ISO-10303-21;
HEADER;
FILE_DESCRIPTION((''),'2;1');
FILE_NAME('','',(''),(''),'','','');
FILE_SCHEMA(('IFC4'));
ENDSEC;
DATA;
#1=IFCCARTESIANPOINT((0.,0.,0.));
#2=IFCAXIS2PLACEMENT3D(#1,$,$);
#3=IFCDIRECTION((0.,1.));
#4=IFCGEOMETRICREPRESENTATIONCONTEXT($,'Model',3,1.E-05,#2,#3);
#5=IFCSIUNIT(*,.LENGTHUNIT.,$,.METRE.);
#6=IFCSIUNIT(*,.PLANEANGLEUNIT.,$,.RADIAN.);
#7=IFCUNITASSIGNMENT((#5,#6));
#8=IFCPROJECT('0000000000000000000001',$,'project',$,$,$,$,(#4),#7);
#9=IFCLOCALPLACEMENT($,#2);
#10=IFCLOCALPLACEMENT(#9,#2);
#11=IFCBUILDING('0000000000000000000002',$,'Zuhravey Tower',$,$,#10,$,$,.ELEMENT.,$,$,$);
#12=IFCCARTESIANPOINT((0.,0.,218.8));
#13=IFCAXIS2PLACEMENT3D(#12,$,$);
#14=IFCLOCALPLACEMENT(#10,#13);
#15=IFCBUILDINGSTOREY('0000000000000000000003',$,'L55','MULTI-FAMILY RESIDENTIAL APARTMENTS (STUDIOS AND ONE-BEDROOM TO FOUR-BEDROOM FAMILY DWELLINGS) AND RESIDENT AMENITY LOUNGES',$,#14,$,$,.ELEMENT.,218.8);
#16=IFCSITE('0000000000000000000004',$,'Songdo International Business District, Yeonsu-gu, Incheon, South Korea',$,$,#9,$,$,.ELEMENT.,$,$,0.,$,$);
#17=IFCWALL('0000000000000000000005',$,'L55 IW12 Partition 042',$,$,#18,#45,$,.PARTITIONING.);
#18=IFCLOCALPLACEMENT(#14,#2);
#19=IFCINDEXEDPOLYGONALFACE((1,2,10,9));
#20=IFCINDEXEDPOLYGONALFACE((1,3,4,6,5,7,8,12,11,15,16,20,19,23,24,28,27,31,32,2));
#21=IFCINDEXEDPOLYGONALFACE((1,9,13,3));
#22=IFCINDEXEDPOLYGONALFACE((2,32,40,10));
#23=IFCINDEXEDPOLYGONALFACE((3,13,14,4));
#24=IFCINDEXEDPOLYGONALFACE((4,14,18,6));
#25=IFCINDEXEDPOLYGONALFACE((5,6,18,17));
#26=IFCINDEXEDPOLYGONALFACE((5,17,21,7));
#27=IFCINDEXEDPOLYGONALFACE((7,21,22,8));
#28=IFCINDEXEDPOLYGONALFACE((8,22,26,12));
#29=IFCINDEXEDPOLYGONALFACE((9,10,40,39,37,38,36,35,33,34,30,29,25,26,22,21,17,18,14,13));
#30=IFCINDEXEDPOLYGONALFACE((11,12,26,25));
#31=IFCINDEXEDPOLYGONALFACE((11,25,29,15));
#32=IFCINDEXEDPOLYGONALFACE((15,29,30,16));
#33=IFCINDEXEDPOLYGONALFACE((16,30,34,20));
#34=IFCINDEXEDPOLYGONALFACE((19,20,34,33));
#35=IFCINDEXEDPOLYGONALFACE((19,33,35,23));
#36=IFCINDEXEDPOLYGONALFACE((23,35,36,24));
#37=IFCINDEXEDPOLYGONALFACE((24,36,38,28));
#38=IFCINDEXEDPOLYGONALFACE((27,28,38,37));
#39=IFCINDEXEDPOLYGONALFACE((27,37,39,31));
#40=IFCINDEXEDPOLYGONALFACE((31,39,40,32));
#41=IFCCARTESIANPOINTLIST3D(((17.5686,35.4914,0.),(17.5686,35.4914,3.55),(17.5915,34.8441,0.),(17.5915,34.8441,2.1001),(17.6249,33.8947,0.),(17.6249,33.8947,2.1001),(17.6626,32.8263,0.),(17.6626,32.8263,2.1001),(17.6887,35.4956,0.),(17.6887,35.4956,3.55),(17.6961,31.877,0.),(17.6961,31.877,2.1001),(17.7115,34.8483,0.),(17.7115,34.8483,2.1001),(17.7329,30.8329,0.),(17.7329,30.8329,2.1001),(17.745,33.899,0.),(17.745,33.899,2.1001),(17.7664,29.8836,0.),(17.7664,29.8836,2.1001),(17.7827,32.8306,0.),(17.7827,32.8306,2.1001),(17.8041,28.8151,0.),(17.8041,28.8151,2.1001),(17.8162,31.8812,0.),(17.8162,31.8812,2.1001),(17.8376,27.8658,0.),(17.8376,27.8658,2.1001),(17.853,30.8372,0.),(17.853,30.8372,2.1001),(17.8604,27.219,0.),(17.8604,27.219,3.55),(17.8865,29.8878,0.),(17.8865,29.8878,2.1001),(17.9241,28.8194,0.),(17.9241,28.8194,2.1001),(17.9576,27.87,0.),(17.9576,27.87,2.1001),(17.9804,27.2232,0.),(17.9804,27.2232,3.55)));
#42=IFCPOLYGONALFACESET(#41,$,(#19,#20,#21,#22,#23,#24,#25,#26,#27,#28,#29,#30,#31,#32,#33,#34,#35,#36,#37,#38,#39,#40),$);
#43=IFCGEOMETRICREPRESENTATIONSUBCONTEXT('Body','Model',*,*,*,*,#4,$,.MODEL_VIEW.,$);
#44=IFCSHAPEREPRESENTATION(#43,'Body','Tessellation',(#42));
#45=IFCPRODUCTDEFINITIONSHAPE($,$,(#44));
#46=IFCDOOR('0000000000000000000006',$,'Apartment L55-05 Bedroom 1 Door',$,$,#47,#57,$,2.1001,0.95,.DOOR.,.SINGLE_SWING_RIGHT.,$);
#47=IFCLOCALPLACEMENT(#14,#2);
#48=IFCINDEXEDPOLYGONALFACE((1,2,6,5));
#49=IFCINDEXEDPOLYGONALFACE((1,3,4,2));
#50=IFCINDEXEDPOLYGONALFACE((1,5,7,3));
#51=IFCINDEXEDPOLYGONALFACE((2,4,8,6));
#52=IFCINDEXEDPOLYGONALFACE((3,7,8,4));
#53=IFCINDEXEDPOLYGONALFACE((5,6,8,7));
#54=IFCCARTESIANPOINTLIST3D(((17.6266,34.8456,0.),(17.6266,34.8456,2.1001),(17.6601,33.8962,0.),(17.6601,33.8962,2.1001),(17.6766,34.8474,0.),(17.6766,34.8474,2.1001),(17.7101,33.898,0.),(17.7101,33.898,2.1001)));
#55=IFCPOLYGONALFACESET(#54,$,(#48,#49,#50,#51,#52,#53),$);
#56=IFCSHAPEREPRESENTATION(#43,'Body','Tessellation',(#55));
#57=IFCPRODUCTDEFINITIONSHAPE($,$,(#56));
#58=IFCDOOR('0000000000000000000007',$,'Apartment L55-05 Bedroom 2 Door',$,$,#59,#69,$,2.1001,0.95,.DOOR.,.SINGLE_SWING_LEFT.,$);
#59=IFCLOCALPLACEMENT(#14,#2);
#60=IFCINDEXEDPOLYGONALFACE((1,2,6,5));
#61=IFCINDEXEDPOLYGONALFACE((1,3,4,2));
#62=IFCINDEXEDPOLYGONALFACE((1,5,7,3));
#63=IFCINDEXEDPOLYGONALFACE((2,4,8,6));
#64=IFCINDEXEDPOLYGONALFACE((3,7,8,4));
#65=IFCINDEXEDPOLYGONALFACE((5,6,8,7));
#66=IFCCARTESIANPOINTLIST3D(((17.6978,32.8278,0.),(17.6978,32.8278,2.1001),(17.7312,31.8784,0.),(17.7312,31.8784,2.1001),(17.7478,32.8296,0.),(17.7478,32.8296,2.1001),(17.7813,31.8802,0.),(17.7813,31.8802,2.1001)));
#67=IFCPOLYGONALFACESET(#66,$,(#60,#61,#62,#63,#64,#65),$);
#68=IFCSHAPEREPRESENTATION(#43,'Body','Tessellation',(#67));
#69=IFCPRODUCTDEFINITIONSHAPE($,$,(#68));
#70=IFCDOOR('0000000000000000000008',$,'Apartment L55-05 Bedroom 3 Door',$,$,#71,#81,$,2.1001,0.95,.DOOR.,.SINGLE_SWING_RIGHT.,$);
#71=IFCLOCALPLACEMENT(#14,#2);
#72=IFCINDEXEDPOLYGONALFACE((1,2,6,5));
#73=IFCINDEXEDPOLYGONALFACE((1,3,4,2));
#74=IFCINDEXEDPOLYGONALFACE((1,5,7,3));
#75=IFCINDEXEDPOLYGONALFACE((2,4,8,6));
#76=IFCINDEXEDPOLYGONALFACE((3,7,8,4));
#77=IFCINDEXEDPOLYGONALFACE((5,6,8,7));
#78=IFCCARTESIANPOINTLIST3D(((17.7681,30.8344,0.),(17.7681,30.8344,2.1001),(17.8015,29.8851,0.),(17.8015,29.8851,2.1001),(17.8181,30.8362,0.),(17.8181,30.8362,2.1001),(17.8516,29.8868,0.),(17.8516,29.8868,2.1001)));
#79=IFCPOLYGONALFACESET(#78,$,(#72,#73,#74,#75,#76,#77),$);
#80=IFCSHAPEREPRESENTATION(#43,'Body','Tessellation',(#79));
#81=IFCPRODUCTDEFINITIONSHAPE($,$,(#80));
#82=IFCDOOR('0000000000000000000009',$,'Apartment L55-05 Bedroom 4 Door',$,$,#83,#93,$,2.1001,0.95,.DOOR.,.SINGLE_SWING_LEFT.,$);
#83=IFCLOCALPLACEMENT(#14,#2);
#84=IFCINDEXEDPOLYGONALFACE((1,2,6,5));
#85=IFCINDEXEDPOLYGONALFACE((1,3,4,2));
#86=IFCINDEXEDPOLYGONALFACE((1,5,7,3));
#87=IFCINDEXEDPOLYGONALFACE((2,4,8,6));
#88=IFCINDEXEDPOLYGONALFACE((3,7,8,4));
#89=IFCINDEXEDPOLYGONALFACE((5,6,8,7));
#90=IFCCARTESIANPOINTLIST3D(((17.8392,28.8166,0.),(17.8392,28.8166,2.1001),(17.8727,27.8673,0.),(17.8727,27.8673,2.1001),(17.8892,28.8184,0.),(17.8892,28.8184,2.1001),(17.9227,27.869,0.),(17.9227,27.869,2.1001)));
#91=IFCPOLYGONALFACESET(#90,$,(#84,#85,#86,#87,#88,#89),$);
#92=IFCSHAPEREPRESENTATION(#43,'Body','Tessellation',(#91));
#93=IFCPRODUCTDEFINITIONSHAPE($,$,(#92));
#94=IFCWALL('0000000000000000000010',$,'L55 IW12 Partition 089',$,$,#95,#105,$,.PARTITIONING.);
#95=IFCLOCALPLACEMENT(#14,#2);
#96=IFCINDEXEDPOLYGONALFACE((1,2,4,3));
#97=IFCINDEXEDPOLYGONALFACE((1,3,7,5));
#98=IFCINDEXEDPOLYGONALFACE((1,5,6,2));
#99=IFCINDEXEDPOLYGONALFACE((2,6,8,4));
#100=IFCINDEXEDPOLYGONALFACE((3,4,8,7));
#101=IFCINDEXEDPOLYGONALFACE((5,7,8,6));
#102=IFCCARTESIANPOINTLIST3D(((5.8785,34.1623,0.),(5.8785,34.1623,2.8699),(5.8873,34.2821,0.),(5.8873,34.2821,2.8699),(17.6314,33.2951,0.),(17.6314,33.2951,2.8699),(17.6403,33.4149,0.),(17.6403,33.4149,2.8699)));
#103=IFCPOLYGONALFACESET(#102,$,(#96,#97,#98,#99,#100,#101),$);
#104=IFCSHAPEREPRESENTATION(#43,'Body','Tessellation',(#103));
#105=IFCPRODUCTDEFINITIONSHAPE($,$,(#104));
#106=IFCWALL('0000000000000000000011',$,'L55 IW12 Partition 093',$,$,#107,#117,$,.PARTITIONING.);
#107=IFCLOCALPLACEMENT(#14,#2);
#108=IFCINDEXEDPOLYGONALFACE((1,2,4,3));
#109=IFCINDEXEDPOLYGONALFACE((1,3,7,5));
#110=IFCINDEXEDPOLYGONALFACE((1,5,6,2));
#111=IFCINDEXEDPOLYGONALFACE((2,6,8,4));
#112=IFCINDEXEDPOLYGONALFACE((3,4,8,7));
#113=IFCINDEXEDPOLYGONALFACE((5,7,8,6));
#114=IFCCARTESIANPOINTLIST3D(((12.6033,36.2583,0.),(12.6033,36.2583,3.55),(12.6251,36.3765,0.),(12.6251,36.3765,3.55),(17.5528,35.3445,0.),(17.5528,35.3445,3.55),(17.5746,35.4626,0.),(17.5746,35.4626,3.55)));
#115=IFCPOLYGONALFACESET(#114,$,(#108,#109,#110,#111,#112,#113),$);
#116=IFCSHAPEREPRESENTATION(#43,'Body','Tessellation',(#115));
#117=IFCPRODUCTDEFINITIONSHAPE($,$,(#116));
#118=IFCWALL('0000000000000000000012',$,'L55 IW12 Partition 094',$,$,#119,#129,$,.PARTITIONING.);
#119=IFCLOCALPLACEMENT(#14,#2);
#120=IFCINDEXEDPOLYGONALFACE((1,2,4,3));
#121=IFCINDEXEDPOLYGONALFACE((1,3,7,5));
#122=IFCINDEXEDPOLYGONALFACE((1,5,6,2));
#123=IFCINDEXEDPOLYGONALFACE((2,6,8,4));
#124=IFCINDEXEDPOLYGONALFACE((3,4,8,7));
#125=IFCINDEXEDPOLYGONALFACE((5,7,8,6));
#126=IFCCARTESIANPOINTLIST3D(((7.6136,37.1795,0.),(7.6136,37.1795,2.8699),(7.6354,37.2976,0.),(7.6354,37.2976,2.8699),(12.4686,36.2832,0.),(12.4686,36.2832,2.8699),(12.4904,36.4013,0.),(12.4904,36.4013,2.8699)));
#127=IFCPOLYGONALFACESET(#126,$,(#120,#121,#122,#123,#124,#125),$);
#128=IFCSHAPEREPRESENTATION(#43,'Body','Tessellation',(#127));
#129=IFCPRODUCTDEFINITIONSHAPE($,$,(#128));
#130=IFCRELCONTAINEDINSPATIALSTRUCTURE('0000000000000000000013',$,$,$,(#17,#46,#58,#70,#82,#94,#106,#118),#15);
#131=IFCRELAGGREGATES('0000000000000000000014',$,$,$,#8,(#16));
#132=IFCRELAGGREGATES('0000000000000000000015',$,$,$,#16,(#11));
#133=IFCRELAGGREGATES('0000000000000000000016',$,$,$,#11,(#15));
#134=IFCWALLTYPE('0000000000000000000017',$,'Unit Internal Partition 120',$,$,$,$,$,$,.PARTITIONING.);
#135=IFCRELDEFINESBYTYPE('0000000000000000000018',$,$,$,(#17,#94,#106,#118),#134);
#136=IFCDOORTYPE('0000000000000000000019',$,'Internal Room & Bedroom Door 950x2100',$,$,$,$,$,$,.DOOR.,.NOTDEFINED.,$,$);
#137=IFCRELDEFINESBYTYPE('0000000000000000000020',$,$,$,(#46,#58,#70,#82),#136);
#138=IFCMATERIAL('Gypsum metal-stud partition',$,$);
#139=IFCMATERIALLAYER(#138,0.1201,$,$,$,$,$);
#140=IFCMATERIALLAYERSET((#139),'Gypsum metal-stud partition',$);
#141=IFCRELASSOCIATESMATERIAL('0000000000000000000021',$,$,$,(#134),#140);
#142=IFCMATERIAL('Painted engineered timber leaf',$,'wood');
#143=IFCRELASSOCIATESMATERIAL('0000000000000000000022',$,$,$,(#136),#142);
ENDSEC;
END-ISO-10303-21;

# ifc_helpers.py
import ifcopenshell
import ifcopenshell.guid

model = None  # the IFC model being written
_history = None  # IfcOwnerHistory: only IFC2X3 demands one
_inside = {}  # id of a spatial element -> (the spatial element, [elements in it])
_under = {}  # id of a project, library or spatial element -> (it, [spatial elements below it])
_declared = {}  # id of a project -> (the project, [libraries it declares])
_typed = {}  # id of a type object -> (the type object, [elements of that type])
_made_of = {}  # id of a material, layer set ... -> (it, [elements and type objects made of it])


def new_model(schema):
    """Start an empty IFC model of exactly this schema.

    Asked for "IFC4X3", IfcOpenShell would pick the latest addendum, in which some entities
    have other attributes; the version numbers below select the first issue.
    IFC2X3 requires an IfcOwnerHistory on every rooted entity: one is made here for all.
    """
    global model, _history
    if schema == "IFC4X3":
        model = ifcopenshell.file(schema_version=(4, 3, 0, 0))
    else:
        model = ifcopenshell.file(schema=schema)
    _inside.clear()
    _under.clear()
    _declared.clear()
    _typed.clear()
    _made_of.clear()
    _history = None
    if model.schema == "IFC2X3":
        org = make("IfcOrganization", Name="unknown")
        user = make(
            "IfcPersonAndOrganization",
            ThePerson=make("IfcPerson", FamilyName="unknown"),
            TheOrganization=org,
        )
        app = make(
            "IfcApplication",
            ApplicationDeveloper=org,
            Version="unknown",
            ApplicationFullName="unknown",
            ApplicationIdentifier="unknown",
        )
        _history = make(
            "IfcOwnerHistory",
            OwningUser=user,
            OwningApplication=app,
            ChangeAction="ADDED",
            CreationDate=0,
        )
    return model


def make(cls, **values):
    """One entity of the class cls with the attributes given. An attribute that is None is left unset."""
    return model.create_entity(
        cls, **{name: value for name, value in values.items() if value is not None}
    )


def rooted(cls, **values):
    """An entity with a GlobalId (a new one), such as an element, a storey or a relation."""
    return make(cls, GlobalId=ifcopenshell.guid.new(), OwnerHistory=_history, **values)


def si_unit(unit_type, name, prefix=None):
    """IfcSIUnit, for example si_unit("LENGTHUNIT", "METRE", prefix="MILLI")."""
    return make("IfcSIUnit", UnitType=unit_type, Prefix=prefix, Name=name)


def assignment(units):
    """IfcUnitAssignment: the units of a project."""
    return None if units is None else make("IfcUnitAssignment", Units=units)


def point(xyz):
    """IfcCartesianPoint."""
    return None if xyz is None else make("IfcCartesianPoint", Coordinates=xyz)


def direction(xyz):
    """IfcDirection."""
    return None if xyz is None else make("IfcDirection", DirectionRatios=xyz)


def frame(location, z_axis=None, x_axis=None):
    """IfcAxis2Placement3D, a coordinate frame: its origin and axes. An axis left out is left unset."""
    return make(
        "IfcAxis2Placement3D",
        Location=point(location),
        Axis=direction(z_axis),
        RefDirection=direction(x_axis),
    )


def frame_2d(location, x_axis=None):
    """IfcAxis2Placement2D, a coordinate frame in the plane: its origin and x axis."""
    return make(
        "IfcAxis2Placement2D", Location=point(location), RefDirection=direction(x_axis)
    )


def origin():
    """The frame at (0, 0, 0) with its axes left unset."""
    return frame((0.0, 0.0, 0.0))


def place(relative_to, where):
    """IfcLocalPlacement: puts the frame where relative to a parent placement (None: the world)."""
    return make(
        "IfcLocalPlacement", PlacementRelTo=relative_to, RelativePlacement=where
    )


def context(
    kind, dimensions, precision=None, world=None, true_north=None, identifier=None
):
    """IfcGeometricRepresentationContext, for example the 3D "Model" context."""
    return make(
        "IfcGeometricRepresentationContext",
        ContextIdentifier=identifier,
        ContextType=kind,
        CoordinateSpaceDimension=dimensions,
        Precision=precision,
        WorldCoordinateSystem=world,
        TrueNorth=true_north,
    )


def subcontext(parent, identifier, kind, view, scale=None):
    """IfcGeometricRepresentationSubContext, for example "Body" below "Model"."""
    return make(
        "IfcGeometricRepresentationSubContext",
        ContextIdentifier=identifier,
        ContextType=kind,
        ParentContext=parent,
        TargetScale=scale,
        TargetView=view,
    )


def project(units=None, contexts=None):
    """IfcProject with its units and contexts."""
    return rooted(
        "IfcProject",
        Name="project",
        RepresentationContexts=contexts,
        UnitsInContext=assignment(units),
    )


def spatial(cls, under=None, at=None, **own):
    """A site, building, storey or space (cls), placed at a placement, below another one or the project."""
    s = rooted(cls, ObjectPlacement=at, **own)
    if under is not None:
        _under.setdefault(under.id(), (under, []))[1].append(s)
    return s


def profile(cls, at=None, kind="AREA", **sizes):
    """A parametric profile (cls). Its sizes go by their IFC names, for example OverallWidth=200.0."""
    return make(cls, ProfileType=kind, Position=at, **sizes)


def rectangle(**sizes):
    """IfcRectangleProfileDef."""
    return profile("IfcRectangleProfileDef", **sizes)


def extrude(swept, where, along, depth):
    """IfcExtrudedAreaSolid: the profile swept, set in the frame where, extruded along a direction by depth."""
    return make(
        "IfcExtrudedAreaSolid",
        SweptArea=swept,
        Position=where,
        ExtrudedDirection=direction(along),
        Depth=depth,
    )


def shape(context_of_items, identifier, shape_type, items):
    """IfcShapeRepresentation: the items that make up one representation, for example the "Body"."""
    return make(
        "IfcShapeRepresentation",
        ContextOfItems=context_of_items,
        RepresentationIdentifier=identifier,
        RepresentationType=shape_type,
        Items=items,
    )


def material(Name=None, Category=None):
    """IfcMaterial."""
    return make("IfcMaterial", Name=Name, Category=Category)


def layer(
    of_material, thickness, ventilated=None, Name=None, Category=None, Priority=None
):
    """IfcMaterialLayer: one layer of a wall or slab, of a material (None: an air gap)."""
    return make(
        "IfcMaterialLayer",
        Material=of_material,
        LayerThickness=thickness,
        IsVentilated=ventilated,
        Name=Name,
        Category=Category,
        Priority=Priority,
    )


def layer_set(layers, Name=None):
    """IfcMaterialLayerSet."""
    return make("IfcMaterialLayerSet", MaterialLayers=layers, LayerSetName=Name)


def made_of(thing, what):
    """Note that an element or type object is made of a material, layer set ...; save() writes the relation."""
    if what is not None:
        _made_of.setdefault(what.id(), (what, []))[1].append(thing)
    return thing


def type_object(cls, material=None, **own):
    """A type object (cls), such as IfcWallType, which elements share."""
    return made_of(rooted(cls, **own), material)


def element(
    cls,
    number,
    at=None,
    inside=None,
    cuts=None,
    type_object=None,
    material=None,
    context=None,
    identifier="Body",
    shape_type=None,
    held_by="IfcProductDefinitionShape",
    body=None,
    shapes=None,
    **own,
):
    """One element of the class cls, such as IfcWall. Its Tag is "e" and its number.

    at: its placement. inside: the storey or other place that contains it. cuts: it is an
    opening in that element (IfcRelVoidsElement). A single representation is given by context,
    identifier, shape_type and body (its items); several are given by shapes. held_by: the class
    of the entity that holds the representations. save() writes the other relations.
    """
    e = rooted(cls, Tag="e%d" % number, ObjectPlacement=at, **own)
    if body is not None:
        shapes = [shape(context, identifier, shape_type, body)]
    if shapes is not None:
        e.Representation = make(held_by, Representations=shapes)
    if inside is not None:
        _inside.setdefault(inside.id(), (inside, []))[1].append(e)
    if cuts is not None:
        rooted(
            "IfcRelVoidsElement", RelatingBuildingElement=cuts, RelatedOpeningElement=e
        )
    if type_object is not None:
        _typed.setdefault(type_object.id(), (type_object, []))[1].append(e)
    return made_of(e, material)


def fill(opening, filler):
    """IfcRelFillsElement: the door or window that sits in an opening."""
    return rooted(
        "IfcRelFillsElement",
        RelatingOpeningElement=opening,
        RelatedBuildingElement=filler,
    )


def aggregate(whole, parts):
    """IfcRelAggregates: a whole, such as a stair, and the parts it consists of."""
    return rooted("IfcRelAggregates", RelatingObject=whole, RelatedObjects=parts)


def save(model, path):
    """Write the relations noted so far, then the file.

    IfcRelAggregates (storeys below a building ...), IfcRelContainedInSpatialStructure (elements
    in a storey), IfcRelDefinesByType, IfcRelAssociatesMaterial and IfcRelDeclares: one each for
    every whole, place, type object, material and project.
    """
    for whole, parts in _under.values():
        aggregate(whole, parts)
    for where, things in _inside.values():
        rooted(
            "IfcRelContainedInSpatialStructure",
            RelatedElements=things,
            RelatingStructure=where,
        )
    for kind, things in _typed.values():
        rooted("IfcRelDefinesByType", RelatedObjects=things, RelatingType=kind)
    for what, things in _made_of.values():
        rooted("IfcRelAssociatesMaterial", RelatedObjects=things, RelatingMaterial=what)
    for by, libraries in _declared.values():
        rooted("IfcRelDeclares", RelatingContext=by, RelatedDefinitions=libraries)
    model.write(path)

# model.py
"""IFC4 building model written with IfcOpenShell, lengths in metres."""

from ifc_helpers import new_model, si_unit, direction, frame, frame_2d, origin, place, context, subcontext, project, spatial, rectangle, extrude, material, layer, layer_set, type_object, element, fill, save


model = new_model("IFC4")

# Units and contexts
model_context = context("Model", 3, precision=1e-05, world=origin(), true_north=direction((0.0, 1.0)))
body_context = subcontext(model_context, "Body", "Model", "MODEL_VIEW")
ifc_project = project(units=[si_unit("LENGTHUNIT", "METRE"), si_unit("PLANEANGLEUNIT", "RADIAN")], contexts=[model_context])

# Site, building, storey
site_placement = place(None, origin())
site = spatial("IfcSite", under=ifc_project, at=site_placement, Name="Songdo International Business District, Yeonsu-gu, Incheon, South Korea", CompositionType="ELEMENT", RefElevation=0.0)
building_placement = place(site_placement, origin())
building = spatial("IfcBuilding", under=site, at=building_placement, Name="Zuhravey Tower", CompositionType="ELEMENT")
storey_placement = place(building_placement, frame((0.0, 0.0, 218.8)))
storey = spatial("IfcBuildingStorey", under=building, at=storey_placement, Name="L55", Description="MULTI-FAMILY RESIDENTIAL APARTMENTS (STUDIOS AND ONE-BEDROOM TO FOUR-BEDROOM FAMILY DWELLINGS) AND RESIDENT AMENITY LOUNGES", CompositionType="ELEMENT", Elevation=218.8)

# Shared definitions
ifc_material_1 = material(Name="Gypsum metal-stud partition")
ifc_layer_1 = layer(ifc_material_1, 0.1201)
ifc_layer_set_1 = layer_set([ifc_layer_1], Name="Gypsum metal-stud partition")
wall_type_1 = type_object("IfcWallType", Name="Unit Internal Partition 120", PredefinedType="PARTITIONING", material=ifc_layer_set_1)
ifc_material_2 = material(Name="Painted engineered timber leaf", Category="wood")
door_type_1 = type_object("IfcDoorType", Name="Internal Room & Bedroom Door 950x2100", OperationType="NOTDEFINED", PredefinedType="DOOR", material=ifc_material_2)

# Wall, openings, doors
wall_1_placement = place(storey_placement, frame((17.6287, 35.4934, 0.0), z_axis=(0.0, 0.0, 1.0), x_axis=(0.035245, -0.999379, 0.0)))
wall_1 = element("IfcWall", 1, at=wall_1_placement, inside=storey, type_object=wall_type_1, Name="L55 IW12 Partition 042", PredefinedType="PARTITIONING", context=body_context, shape_type="SweptSolid", body=[
    extrude(rectangle(XDim=8.2776, YDim=0.1201, at=frame_2d((4.1387, 0.0))), origin(), (0.0, 0.0, 1.0), 3.55),
])
opening_1_placement = place(wall_1_placement, frame((0.6475, 0.0, 0.0)))
opening_1 = element("IfcOpeningElement", 2, at=opening_1_placement, cuts=wall_1, PredefinedType="OPENING", context=body_context, shape_type="SweptSolid", body=[
    extrude(rectangle(XDim=0.95, YDim=2.1001, at=frame_2d((0.4751, 1.05))), frame((0.0, 0.072, 0.0), z_axis=(0.0, -1.0, 0.0), x_axis=(1.0, 0.0, 0.0)), (0.0, 0.0, 1.0), 0.144),
])
opening_2_placement = place(wall_1_placement, frame((2.6665, 0.0, 0.0)))
opening_2 = element("IfcOpeningElement", 3, at=opening_2_placement, cuts=wall_1, PredefinedType="OPENING", context=body_context, shape_type="SweptSolid", body=[
    extrude(rectangle(XDim=0.95, YDim=2.1001, at=frame_2d((0.4751, 1.05))), frame((0.0, 0.072, 0.0), z_axis=(0.0, -1.0, 0.0), x_axis=(1.0, 0.0, 0.0)), (0.0, 0.0, 1.0), 0.144),
])
opening_3_placement = place(wall_1_placement, frame((4.6611, 0.0, 0.0)))
opening_3 = element("IfcOpeningElement", 4, at=opening_3_placement, cuts=wall_1, PredefinedType="OPENING", context=body_context, shape_type="SweptSolid", body=[
    extrude(rectangle(XDim=0.95, YDim=2.1001, at=frame_2d((0.4751, 1.05))), frame((0.0, 0.072, 0.0), z_axis=(0.0, -1.0, 0.0), x_axis=(1.0, 0.0, 0.0)), (0.0, 0.0, 1.0), 0.144),
])
opening_4_placement = place(wall_1_placement, frame((6.6802, 0.0, 0.0)))
opening_4 = element("IfcOpeningElement", 5, at=opening_4_placement, cuts=wall_1, PredefinedType="OPENING", context=body_context, shape_type="SweptSolid", body=[
    extrude(rectangle(XDim=0.95, YDim=2.1001, at=frame_2d((0.4751, 1.05))), frame((0.0, 0.072, 0.0), z_axis=(0.0, -1.0, 0.0), x_axis=(1.0, 0.0, 0.0)), (0.0, 0.0, 1.0), 0.144),
])
door_1_placement = place(opening_1_placement, frame((0.95, 0.0, 0.0), z_axis=(0.0, 0.0, 1.0), x_axis=(-1.0, 0.0, 0.0)))
door_1 = element("IfcDoor", 6, at=door_1_placement, inside=storey, type_object=door_type_1, Name="Apartment L55-05 Bedroom 1 Door", OperationType="SINGLE_SWING_RIGHT", OverallHeight=2.1001, OverallWidth=0.95, PredefinedType="DOOR", context=body_context, shape_type="SweptSolid", body=[
    extrude(rectangle(XDim=0.95, YDim=2.1001, at=frame_2d((0.4751, 1.05))), frame((0.0, 0.0249, 0.0), z_axis=(0.0, -1.0, 0.0), x_axis=(1.0, 0.0, 0.0)), (0.0, 0.0, 1.0), 0.05),
])
fill(opening_1, door_1)
door_2_placement = place(opening_2_placement, frame((0.95, 0.0, 0.0), z_axis=(0.0, 0.0, 1.0), x_axis=(-1.0, 0.0, 0.0)))
door_2 = element("IfcDoor", 7, at=door_2_placement, inside=storey, type_object=door_type_1, Name="Apartment L55-05 Bedroom 2 Door", OperationType="SINGLE_SWING_LEFT", OverallHeight=2.1001, OverallWidth=0.95, PredefinedType="DOOR", context=body_context, shape_type="SweptSolid", body=[
    extrude(rectangle(XDim=0.95, YDim=2.1001, at=frame_2d((0.4751, 1.05))), frame((0.0, 0.0249, 0.0), z_axis=(0.0, -1.0, 0.0), x_axis=(1.0, 0.0, 0.0)), (0.0, 0.0, 1.0), 0.05),
])
fill(opening_2, door_2)
door_3_placement = place(opening_3_placement, frame((0.95, 0.0, 0.0), z_axis=(0.0, 0.0, 1.0), x_axis=(-1.0, 0.0, 0.0)))
door_3 = element("IfcDoor", 8, at=door_3_placement, inside=storey, type_object=door_type_1, Name="Apartment L55-05 Bedroom 3 Door", OperationType="SINGLE_SWING_RIGHT", OverallHeight=2.1001, OverallWidth=0.95, PredefinedType="DOOR", context=body_context, shape_type="SweptSolid", body=[
    extrude(rectangle(XDim=0.95, YDim=2.1001, at=frame_2d((0.4751, 1.05))), frame((0.0, 0.0249, 0.0), z_axis=(0.0, -1.0, 0.0), x_axis=(1.0, 0.0, 0.0)), (0.0, 0.0, 1.0), 0.05),
])
fill(opening_3, door_3)
door_4_placement = place(opening_4_placement, frame((0.95, 0.0, 0.0), z_axis=(0.0, 0.0, 1.0), x_axis=(-1.0, 0.0, 0.0)))
door_4 = element("IfcDoor", 9, at=door_4_placement, inside=storey, type_object=door_type_1, Name="Apartment L55-05 Bedroom 4 Door", OperationType="SINGLE_SWING_LEFT", OverallHeight=2.1001, OverallWidth=0.95, PredefinedType="DOOR", context=body_context, shape_type="SweptSolid", body=[
    extrude(rectangle(XDim=0.95, YDim=2.1001, at=frame_2d((0.4751, 1.05))), frame((0.0, 0.0249, 0.0), z_axis=(0.0, -1.0, 0.0), x_axis=(1.0, 0.0, 0.0)), (0.0, 0.0, 1.0), 0.05),
])
fill(opening_4, door_4)

# Walls
wall_2_placement = place(storey_placement, frame((17.636, 33.355, 0.0), z_axis=(0.0, 0.0, 1.0), x_axis=(-0.997289, 0.073585, 0.0)))
element("IfcWall", 10, at=wall_2_placement, inside=storey, type_object=wall_type_1, Name="L55 IW12 Partition 089", PredefinedType="PARTITIONING", context=body_context, shape_type="SweptSolid", body=[
    extrude(rectangle(XDim=11.7849, YDim=0.1201, at=frame_2d((5.8926, 0.0))), origin(), (0.0, 0.0, 1.0), 2.8699),
])
wall_3_placement = place(storey_placement, frame((17.5637, 35.4036, 0.0), z_axis=(0.0, 0.0, 1.0), x_axis=(-0.98338, 0.181561, 0.0)))
element("IfcWall", 11, at=wall_3_placement, inside=storey, type_object=wall_type_1, Name="L55 IW12 Partition 093", PredefinedType="PARTITIONING", context=body_context, shape_type="SweptSolid", body=[
    extrude(rectangle(XDim=5.0332, YDim=0.1201, at=frame_2d((2.5166, 0.0))), origin(), (0.0, 0.0, 1.0), 3.55),
])
wall_4_placement = place(storey_placement, frame((12.4795, 36.3423, 0.0), z_axis=(0.0, 0.0, 1.0), x_axis=(-0.983384, 0.181535, 0.0)))
element("IfcWall", 12, at=wall_4_placement, inside=storey, type_object=wall_type_1, Name="L55 IW12 Partition 094", PredefinedType="PARTITIONING", context=body_context, shape_type="SweptSolid", body=[
    extrude(rectangle(XDim=4.937, YDim=0.1201, at=frame_2d((2.4685, 0.0))), origin(), (0.0, 0.0, 1.0), 2.8699),
])

save(model, "model.ifc")
